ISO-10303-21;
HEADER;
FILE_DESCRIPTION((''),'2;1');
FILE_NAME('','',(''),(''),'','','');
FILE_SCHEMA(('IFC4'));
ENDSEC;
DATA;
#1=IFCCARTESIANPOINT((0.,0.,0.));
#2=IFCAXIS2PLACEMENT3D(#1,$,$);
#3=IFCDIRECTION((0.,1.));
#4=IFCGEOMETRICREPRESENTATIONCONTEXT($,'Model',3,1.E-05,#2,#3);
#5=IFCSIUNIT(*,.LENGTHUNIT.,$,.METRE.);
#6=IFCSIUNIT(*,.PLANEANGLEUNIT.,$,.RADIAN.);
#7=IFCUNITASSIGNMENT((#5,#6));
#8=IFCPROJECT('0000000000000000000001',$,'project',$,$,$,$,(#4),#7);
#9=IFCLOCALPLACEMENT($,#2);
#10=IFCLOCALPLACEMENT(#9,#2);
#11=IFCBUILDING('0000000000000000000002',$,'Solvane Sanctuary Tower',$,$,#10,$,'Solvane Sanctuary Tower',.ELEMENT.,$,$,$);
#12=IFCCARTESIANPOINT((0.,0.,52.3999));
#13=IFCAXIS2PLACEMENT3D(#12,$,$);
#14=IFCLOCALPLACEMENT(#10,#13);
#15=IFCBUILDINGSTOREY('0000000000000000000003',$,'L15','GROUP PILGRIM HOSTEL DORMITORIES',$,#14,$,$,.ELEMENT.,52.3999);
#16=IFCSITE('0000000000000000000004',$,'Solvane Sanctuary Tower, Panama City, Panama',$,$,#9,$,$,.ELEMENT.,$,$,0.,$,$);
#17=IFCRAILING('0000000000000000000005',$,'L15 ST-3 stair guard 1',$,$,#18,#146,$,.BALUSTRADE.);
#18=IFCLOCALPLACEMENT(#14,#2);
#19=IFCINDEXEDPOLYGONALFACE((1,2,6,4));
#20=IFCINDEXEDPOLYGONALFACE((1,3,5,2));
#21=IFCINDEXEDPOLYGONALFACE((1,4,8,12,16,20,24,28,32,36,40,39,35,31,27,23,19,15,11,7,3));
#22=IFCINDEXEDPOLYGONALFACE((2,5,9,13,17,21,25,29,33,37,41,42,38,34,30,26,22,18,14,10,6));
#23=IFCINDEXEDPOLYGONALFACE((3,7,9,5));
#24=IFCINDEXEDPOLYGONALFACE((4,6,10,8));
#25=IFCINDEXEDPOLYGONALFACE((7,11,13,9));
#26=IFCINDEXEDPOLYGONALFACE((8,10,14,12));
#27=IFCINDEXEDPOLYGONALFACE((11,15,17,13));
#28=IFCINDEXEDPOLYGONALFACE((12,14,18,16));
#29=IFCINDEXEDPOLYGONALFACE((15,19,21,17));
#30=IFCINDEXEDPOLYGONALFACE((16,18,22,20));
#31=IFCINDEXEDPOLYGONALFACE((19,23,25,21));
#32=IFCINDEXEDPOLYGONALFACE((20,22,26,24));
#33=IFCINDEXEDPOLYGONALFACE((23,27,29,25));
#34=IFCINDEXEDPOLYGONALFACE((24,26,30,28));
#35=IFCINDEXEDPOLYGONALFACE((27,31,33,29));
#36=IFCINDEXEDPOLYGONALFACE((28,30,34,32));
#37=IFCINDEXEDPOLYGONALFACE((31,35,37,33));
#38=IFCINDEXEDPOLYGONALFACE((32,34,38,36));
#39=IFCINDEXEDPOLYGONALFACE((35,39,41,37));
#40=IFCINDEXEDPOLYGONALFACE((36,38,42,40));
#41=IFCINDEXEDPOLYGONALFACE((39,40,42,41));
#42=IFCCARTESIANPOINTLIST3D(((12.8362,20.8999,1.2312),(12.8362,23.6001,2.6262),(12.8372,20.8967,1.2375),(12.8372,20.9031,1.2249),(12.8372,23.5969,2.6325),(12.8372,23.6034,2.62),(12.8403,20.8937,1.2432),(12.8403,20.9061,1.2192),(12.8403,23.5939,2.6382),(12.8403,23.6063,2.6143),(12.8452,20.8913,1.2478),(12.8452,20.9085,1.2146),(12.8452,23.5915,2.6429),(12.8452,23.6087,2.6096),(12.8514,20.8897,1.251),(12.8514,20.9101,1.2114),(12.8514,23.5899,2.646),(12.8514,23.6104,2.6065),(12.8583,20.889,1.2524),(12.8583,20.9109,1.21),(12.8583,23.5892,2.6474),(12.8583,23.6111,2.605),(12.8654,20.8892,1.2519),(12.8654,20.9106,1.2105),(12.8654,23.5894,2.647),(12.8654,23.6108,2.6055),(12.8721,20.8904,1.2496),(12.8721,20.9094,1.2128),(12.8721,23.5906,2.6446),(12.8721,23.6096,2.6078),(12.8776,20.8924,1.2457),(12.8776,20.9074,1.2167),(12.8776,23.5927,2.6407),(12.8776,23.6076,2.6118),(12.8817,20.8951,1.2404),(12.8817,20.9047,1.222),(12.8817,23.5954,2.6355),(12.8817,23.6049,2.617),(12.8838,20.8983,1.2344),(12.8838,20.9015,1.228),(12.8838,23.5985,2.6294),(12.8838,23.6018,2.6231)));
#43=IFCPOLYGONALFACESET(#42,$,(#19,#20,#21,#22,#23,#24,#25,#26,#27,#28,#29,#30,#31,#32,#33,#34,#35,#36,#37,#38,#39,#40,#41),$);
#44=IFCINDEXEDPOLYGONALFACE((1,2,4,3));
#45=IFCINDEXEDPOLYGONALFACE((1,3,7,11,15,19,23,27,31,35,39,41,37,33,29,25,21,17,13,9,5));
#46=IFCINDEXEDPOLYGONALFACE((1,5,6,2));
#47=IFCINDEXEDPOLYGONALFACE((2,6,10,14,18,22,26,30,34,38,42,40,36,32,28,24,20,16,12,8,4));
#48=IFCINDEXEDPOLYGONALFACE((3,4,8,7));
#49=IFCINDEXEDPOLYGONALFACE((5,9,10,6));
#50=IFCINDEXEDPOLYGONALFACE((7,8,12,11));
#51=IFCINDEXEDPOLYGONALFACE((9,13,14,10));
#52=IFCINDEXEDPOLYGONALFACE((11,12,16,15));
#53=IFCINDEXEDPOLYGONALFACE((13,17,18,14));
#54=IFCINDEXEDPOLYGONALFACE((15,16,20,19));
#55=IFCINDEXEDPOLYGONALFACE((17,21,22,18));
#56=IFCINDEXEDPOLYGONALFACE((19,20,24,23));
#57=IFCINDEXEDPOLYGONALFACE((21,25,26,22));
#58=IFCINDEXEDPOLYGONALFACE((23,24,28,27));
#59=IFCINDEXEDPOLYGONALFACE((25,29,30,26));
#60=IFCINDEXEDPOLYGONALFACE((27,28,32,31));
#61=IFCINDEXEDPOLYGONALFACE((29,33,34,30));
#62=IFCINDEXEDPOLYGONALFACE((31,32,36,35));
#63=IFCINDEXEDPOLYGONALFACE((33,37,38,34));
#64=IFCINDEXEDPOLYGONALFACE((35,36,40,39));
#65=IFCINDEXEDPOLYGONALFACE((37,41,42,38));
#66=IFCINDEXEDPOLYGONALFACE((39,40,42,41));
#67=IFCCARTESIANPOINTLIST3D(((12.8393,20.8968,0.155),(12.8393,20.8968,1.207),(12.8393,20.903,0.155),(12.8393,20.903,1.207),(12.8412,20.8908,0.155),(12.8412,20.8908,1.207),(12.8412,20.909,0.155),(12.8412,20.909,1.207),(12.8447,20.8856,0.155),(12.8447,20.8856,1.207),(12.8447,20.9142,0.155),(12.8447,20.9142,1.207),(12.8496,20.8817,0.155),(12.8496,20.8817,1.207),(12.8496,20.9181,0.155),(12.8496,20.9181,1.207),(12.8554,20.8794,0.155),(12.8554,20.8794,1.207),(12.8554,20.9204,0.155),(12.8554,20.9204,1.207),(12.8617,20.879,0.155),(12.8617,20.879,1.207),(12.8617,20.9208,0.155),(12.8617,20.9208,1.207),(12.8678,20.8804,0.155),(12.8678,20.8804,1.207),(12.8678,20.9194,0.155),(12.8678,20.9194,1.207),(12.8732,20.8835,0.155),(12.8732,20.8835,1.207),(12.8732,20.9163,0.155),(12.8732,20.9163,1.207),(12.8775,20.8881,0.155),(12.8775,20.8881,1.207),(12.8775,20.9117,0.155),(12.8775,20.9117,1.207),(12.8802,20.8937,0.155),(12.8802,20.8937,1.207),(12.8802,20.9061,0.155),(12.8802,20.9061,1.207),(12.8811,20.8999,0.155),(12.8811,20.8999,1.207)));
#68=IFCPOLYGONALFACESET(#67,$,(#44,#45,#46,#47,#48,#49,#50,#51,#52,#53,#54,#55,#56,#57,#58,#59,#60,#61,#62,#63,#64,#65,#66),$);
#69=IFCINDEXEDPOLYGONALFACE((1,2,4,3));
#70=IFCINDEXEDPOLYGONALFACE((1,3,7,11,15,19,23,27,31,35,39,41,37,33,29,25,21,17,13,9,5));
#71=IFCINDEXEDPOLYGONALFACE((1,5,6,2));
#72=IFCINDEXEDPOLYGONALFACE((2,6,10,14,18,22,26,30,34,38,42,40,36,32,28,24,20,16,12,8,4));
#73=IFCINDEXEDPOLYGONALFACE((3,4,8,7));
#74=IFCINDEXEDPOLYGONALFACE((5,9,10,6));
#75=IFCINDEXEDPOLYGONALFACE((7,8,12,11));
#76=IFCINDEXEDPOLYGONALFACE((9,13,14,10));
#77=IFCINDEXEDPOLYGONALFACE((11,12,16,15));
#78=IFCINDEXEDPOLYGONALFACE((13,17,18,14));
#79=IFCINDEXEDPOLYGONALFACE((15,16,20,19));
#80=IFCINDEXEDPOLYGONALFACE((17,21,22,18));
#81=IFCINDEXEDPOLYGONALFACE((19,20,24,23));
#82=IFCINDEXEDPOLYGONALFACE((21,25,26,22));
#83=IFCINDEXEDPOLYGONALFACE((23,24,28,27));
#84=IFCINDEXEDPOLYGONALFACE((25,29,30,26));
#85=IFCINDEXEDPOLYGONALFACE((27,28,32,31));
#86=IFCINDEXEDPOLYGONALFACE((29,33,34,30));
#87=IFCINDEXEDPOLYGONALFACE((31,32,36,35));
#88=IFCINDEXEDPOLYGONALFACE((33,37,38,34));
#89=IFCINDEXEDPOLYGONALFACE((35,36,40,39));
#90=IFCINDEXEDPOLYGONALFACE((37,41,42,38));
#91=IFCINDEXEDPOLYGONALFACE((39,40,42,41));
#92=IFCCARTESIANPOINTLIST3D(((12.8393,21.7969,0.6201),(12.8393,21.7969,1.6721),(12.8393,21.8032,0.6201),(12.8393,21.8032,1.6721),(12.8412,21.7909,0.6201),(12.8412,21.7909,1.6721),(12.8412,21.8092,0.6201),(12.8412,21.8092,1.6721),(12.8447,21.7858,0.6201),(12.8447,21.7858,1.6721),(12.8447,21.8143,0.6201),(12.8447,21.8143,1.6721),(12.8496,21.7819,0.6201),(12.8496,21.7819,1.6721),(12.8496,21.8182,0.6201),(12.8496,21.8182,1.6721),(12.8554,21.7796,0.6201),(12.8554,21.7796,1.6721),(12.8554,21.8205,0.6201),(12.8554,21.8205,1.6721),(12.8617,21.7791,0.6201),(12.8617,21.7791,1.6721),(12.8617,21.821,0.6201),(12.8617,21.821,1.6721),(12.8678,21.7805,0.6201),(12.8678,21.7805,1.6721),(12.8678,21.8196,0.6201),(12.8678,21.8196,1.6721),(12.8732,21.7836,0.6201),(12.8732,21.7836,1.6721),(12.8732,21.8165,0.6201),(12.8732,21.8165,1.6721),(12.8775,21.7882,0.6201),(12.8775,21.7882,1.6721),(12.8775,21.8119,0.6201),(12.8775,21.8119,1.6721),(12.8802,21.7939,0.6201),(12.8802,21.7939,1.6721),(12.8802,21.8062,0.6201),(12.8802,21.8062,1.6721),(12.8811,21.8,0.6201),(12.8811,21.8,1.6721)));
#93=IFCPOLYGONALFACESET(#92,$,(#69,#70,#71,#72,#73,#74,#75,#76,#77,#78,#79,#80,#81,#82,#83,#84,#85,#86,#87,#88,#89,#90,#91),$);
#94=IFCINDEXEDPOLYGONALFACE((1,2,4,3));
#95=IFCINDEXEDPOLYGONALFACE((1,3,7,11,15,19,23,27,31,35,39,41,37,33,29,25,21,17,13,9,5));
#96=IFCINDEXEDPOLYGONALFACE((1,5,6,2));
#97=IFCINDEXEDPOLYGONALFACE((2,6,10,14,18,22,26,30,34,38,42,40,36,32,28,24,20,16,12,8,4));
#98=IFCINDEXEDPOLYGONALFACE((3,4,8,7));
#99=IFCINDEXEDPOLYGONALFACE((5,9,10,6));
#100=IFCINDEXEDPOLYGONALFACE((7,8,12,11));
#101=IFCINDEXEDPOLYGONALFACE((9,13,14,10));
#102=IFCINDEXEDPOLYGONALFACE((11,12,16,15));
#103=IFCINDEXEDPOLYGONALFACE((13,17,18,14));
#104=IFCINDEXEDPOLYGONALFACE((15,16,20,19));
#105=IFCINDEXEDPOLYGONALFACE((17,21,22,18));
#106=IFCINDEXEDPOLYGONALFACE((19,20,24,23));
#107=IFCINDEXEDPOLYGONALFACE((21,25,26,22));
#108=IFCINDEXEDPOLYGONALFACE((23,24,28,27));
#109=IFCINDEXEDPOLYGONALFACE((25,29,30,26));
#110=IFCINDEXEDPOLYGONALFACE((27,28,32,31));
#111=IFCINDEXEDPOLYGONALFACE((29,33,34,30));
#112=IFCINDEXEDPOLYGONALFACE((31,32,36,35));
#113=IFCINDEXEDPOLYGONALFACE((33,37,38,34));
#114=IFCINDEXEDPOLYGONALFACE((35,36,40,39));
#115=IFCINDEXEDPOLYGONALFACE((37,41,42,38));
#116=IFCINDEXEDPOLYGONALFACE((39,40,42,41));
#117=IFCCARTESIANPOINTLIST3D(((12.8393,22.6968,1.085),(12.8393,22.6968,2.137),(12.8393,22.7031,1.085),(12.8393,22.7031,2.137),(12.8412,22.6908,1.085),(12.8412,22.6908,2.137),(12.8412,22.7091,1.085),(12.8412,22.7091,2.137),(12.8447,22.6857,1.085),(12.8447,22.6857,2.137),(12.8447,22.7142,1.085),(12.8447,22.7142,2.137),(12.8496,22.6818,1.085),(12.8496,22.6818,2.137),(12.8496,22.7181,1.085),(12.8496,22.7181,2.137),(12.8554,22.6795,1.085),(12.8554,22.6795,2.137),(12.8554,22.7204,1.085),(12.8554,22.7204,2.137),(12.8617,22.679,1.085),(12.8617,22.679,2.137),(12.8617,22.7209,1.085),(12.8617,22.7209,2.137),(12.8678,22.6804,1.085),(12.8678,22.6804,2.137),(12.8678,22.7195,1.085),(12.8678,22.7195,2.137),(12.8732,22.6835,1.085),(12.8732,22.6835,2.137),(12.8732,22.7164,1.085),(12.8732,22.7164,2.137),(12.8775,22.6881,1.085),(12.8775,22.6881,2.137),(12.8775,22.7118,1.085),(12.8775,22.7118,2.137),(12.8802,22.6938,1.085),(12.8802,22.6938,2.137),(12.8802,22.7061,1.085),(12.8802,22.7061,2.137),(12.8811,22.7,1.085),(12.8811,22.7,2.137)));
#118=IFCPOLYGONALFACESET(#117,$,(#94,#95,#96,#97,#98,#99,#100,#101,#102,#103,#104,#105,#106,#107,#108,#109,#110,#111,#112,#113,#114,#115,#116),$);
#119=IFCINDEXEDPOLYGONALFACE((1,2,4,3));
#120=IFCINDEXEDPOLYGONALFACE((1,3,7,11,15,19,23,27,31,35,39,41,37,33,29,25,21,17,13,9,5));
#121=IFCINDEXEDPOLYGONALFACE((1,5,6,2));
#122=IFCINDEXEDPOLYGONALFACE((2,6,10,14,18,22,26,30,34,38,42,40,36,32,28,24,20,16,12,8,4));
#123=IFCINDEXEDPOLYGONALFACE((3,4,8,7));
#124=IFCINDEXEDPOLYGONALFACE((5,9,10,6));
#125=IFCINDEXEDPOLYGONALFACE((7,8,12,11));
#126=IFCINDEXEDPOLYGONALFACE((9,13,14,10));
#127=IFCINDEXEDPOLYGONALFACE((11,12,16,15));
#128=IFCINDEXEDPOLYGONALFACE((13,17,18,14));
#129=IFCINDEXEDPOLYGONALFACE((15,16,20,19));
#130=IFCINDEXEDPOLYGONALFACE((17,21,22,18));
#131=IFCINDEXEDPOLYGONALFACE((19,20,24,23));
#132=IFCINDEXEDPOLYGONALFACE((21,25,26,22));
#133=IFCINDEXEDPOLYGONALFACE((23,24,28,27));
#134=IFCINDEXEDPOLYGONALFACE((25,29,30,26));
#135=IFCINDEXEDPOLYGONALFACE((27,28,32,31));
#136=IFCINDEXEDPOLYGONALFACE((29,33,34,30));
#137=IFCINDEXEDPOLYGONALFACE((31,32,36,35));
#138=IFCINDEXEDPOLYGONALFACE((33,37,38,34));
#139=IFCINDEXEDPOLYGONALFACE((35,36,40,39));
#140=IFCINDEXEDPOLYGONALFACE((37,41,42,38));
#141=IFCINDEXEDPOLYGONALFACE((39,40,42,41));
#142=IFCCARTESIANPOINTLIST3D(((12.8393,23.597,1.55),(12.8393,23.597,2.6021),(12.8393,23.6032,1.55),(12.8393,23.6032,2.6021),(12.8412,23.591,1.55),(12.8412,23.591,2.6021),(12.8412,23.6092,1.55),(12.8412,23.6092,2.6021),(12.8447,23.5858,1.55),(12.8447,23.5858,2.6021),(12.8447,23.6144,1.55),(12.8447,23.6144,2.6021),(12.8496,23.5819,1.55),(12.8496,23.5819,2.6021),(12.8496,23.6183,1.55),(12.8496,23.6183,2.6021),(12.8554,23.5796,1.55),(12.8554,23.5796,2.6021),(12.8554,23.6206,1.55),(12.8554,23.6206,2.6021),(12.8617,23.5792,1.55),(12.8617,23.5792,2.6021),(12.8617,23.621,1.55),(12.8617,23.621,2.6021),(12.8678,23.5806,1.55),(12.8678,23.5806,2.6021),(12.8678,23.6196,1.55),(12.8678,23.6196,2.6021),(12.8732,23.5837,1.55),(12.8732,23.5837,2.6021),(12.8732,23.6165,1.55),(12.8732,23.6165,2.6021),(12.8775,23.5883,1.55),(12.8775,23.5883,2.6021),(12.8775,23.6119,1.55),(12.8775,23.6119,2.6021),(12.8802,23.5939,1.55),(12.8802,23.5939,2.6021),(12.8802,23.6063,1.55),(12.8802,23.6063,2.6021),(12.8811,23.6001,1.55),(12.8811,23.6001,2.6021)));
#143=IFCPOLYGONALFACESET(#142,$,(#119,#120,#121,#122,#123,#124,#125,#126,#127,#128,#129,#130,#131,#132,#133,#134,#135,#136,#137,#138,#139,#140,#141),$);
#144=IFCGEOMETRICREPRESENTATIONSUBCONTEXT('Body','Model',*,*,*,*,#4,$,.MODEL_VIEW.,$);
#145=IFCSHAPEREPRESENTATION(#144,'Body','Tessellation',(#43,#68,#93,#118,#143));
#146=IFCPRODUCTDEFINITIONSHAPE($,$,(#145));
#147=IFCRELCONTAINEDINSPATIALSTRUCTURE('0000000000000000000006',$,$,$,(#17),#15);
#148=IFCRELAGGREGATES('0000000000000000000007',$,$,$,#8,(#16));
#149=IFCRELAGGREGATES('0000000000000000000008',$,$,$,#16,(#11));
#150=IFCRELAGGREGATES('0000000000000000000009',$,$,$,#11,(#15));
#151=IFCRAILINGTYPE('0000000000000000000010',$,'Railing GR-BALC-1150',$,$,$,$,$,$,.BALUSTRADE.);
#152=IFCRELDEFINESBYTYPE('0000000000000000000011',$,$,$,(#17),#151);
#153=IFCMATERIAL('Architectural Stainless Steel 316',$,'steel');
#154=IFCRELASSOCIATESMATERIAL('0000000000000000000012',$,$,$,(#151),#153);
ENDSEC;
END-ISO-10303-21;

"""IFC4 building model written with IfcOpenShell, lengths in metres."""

from ifc_helpers import new_model, si_unit, direction, frame, origin, origin_2d, place, context, subcontext, project, spatial, circle, extrude, material, type_object, element, save


model = new_model("IFC4")

# Units and contexts
model_context = context("Model", 3, precision=1e-05, world=origin(), true_north=direction((0.0, 1.0)))
body_context = subcontext(model_context, "Body", "Model", "MODEL_VIEW")
ifc_project = project(units=[si_unit("LENGTHUNIT", "METRE"), si_unit("PLANEANGLEUNIT", "RADIAN")], contexts=[model_context])

# Site, building, storey
site_placement = place(None, origin())
site = spatial("IfcSite", under=ifc_project, at=site_placement, Name="Solvane Sanctuary Tower, Panama City, Panama", CompositionType="ELEMENT", RefElevation=0.0)
building_placement = place(site_placement, origin())
building = spatial("IfcBuilding", under=site, at=building_placement, Name="Solvane Sanctuary Tower", LongName="Solvane Sanctuary Tower", CompositionType="ELEMENT")
storey_placement = place(building_placement, frame((0.0, 0.0, 52.3999)))
storey = spatial("IfcBuildingStorey", under=building, at=storey_placement, Name="L15", Description="GROUP PILGRIM HOSTEL DORMITORIES", CompositionType="ELEMENT", Elevation=52.3999)

# Shared definitions
ifc_material_1 = material(Name="Architectural Stainless Steel 316", Category="steel")

# Railing
railing_type_1 = type_object("IfcRailingType", Name="Railing GR-BALC-1150", PredefinedType="BALUSTRADE", material=ifc_material_1)
railing_1_placement = place(storey_placement, frame((12.8601, 20.8999, 0.155)))
element("IfcRailing", 1, at=railing_1_placement, inside=storey, type_object=railing_type_1, Name="L15 ST-3 stair guard 1", PredefinedType="BALUSTRADE", context=body_context, shape_type="SweptSolid", body=[
    extrude(circle(Radius=0.0239, at=origin_2d()), frame((0.0, 0.0, 1.0762), z_axis=(0.0, 0.888437, 0.458999), x_axis=(-1.0, 0.0, 0.0)), (0.0, 0.0, 1.0), 3.0393),
    extrude(circle(Radius=0.021, at=origin_2d()), origin(), (0.0, 0.0, 1.0), 1.052),
    extrude(circle(Radius=0.021, at=origin_2d()), frame((0.0, 0.9001, 0.4651)), (0.0, 0.0, 1.0), 1.052),
    extrude(circle(Radius=0.021, at=origin_2d()), frame((0.0, 1.8, 0.9299)), (0.0, 0.0, 1.0), 1.052),
    extrude(circle(Radius=0.021, at=origin_2d()), frame((0.0, 2.7002, 1.395)), (0.0, 0.0, 1.0), 1.052),
])

save(model, "model.ifc")
